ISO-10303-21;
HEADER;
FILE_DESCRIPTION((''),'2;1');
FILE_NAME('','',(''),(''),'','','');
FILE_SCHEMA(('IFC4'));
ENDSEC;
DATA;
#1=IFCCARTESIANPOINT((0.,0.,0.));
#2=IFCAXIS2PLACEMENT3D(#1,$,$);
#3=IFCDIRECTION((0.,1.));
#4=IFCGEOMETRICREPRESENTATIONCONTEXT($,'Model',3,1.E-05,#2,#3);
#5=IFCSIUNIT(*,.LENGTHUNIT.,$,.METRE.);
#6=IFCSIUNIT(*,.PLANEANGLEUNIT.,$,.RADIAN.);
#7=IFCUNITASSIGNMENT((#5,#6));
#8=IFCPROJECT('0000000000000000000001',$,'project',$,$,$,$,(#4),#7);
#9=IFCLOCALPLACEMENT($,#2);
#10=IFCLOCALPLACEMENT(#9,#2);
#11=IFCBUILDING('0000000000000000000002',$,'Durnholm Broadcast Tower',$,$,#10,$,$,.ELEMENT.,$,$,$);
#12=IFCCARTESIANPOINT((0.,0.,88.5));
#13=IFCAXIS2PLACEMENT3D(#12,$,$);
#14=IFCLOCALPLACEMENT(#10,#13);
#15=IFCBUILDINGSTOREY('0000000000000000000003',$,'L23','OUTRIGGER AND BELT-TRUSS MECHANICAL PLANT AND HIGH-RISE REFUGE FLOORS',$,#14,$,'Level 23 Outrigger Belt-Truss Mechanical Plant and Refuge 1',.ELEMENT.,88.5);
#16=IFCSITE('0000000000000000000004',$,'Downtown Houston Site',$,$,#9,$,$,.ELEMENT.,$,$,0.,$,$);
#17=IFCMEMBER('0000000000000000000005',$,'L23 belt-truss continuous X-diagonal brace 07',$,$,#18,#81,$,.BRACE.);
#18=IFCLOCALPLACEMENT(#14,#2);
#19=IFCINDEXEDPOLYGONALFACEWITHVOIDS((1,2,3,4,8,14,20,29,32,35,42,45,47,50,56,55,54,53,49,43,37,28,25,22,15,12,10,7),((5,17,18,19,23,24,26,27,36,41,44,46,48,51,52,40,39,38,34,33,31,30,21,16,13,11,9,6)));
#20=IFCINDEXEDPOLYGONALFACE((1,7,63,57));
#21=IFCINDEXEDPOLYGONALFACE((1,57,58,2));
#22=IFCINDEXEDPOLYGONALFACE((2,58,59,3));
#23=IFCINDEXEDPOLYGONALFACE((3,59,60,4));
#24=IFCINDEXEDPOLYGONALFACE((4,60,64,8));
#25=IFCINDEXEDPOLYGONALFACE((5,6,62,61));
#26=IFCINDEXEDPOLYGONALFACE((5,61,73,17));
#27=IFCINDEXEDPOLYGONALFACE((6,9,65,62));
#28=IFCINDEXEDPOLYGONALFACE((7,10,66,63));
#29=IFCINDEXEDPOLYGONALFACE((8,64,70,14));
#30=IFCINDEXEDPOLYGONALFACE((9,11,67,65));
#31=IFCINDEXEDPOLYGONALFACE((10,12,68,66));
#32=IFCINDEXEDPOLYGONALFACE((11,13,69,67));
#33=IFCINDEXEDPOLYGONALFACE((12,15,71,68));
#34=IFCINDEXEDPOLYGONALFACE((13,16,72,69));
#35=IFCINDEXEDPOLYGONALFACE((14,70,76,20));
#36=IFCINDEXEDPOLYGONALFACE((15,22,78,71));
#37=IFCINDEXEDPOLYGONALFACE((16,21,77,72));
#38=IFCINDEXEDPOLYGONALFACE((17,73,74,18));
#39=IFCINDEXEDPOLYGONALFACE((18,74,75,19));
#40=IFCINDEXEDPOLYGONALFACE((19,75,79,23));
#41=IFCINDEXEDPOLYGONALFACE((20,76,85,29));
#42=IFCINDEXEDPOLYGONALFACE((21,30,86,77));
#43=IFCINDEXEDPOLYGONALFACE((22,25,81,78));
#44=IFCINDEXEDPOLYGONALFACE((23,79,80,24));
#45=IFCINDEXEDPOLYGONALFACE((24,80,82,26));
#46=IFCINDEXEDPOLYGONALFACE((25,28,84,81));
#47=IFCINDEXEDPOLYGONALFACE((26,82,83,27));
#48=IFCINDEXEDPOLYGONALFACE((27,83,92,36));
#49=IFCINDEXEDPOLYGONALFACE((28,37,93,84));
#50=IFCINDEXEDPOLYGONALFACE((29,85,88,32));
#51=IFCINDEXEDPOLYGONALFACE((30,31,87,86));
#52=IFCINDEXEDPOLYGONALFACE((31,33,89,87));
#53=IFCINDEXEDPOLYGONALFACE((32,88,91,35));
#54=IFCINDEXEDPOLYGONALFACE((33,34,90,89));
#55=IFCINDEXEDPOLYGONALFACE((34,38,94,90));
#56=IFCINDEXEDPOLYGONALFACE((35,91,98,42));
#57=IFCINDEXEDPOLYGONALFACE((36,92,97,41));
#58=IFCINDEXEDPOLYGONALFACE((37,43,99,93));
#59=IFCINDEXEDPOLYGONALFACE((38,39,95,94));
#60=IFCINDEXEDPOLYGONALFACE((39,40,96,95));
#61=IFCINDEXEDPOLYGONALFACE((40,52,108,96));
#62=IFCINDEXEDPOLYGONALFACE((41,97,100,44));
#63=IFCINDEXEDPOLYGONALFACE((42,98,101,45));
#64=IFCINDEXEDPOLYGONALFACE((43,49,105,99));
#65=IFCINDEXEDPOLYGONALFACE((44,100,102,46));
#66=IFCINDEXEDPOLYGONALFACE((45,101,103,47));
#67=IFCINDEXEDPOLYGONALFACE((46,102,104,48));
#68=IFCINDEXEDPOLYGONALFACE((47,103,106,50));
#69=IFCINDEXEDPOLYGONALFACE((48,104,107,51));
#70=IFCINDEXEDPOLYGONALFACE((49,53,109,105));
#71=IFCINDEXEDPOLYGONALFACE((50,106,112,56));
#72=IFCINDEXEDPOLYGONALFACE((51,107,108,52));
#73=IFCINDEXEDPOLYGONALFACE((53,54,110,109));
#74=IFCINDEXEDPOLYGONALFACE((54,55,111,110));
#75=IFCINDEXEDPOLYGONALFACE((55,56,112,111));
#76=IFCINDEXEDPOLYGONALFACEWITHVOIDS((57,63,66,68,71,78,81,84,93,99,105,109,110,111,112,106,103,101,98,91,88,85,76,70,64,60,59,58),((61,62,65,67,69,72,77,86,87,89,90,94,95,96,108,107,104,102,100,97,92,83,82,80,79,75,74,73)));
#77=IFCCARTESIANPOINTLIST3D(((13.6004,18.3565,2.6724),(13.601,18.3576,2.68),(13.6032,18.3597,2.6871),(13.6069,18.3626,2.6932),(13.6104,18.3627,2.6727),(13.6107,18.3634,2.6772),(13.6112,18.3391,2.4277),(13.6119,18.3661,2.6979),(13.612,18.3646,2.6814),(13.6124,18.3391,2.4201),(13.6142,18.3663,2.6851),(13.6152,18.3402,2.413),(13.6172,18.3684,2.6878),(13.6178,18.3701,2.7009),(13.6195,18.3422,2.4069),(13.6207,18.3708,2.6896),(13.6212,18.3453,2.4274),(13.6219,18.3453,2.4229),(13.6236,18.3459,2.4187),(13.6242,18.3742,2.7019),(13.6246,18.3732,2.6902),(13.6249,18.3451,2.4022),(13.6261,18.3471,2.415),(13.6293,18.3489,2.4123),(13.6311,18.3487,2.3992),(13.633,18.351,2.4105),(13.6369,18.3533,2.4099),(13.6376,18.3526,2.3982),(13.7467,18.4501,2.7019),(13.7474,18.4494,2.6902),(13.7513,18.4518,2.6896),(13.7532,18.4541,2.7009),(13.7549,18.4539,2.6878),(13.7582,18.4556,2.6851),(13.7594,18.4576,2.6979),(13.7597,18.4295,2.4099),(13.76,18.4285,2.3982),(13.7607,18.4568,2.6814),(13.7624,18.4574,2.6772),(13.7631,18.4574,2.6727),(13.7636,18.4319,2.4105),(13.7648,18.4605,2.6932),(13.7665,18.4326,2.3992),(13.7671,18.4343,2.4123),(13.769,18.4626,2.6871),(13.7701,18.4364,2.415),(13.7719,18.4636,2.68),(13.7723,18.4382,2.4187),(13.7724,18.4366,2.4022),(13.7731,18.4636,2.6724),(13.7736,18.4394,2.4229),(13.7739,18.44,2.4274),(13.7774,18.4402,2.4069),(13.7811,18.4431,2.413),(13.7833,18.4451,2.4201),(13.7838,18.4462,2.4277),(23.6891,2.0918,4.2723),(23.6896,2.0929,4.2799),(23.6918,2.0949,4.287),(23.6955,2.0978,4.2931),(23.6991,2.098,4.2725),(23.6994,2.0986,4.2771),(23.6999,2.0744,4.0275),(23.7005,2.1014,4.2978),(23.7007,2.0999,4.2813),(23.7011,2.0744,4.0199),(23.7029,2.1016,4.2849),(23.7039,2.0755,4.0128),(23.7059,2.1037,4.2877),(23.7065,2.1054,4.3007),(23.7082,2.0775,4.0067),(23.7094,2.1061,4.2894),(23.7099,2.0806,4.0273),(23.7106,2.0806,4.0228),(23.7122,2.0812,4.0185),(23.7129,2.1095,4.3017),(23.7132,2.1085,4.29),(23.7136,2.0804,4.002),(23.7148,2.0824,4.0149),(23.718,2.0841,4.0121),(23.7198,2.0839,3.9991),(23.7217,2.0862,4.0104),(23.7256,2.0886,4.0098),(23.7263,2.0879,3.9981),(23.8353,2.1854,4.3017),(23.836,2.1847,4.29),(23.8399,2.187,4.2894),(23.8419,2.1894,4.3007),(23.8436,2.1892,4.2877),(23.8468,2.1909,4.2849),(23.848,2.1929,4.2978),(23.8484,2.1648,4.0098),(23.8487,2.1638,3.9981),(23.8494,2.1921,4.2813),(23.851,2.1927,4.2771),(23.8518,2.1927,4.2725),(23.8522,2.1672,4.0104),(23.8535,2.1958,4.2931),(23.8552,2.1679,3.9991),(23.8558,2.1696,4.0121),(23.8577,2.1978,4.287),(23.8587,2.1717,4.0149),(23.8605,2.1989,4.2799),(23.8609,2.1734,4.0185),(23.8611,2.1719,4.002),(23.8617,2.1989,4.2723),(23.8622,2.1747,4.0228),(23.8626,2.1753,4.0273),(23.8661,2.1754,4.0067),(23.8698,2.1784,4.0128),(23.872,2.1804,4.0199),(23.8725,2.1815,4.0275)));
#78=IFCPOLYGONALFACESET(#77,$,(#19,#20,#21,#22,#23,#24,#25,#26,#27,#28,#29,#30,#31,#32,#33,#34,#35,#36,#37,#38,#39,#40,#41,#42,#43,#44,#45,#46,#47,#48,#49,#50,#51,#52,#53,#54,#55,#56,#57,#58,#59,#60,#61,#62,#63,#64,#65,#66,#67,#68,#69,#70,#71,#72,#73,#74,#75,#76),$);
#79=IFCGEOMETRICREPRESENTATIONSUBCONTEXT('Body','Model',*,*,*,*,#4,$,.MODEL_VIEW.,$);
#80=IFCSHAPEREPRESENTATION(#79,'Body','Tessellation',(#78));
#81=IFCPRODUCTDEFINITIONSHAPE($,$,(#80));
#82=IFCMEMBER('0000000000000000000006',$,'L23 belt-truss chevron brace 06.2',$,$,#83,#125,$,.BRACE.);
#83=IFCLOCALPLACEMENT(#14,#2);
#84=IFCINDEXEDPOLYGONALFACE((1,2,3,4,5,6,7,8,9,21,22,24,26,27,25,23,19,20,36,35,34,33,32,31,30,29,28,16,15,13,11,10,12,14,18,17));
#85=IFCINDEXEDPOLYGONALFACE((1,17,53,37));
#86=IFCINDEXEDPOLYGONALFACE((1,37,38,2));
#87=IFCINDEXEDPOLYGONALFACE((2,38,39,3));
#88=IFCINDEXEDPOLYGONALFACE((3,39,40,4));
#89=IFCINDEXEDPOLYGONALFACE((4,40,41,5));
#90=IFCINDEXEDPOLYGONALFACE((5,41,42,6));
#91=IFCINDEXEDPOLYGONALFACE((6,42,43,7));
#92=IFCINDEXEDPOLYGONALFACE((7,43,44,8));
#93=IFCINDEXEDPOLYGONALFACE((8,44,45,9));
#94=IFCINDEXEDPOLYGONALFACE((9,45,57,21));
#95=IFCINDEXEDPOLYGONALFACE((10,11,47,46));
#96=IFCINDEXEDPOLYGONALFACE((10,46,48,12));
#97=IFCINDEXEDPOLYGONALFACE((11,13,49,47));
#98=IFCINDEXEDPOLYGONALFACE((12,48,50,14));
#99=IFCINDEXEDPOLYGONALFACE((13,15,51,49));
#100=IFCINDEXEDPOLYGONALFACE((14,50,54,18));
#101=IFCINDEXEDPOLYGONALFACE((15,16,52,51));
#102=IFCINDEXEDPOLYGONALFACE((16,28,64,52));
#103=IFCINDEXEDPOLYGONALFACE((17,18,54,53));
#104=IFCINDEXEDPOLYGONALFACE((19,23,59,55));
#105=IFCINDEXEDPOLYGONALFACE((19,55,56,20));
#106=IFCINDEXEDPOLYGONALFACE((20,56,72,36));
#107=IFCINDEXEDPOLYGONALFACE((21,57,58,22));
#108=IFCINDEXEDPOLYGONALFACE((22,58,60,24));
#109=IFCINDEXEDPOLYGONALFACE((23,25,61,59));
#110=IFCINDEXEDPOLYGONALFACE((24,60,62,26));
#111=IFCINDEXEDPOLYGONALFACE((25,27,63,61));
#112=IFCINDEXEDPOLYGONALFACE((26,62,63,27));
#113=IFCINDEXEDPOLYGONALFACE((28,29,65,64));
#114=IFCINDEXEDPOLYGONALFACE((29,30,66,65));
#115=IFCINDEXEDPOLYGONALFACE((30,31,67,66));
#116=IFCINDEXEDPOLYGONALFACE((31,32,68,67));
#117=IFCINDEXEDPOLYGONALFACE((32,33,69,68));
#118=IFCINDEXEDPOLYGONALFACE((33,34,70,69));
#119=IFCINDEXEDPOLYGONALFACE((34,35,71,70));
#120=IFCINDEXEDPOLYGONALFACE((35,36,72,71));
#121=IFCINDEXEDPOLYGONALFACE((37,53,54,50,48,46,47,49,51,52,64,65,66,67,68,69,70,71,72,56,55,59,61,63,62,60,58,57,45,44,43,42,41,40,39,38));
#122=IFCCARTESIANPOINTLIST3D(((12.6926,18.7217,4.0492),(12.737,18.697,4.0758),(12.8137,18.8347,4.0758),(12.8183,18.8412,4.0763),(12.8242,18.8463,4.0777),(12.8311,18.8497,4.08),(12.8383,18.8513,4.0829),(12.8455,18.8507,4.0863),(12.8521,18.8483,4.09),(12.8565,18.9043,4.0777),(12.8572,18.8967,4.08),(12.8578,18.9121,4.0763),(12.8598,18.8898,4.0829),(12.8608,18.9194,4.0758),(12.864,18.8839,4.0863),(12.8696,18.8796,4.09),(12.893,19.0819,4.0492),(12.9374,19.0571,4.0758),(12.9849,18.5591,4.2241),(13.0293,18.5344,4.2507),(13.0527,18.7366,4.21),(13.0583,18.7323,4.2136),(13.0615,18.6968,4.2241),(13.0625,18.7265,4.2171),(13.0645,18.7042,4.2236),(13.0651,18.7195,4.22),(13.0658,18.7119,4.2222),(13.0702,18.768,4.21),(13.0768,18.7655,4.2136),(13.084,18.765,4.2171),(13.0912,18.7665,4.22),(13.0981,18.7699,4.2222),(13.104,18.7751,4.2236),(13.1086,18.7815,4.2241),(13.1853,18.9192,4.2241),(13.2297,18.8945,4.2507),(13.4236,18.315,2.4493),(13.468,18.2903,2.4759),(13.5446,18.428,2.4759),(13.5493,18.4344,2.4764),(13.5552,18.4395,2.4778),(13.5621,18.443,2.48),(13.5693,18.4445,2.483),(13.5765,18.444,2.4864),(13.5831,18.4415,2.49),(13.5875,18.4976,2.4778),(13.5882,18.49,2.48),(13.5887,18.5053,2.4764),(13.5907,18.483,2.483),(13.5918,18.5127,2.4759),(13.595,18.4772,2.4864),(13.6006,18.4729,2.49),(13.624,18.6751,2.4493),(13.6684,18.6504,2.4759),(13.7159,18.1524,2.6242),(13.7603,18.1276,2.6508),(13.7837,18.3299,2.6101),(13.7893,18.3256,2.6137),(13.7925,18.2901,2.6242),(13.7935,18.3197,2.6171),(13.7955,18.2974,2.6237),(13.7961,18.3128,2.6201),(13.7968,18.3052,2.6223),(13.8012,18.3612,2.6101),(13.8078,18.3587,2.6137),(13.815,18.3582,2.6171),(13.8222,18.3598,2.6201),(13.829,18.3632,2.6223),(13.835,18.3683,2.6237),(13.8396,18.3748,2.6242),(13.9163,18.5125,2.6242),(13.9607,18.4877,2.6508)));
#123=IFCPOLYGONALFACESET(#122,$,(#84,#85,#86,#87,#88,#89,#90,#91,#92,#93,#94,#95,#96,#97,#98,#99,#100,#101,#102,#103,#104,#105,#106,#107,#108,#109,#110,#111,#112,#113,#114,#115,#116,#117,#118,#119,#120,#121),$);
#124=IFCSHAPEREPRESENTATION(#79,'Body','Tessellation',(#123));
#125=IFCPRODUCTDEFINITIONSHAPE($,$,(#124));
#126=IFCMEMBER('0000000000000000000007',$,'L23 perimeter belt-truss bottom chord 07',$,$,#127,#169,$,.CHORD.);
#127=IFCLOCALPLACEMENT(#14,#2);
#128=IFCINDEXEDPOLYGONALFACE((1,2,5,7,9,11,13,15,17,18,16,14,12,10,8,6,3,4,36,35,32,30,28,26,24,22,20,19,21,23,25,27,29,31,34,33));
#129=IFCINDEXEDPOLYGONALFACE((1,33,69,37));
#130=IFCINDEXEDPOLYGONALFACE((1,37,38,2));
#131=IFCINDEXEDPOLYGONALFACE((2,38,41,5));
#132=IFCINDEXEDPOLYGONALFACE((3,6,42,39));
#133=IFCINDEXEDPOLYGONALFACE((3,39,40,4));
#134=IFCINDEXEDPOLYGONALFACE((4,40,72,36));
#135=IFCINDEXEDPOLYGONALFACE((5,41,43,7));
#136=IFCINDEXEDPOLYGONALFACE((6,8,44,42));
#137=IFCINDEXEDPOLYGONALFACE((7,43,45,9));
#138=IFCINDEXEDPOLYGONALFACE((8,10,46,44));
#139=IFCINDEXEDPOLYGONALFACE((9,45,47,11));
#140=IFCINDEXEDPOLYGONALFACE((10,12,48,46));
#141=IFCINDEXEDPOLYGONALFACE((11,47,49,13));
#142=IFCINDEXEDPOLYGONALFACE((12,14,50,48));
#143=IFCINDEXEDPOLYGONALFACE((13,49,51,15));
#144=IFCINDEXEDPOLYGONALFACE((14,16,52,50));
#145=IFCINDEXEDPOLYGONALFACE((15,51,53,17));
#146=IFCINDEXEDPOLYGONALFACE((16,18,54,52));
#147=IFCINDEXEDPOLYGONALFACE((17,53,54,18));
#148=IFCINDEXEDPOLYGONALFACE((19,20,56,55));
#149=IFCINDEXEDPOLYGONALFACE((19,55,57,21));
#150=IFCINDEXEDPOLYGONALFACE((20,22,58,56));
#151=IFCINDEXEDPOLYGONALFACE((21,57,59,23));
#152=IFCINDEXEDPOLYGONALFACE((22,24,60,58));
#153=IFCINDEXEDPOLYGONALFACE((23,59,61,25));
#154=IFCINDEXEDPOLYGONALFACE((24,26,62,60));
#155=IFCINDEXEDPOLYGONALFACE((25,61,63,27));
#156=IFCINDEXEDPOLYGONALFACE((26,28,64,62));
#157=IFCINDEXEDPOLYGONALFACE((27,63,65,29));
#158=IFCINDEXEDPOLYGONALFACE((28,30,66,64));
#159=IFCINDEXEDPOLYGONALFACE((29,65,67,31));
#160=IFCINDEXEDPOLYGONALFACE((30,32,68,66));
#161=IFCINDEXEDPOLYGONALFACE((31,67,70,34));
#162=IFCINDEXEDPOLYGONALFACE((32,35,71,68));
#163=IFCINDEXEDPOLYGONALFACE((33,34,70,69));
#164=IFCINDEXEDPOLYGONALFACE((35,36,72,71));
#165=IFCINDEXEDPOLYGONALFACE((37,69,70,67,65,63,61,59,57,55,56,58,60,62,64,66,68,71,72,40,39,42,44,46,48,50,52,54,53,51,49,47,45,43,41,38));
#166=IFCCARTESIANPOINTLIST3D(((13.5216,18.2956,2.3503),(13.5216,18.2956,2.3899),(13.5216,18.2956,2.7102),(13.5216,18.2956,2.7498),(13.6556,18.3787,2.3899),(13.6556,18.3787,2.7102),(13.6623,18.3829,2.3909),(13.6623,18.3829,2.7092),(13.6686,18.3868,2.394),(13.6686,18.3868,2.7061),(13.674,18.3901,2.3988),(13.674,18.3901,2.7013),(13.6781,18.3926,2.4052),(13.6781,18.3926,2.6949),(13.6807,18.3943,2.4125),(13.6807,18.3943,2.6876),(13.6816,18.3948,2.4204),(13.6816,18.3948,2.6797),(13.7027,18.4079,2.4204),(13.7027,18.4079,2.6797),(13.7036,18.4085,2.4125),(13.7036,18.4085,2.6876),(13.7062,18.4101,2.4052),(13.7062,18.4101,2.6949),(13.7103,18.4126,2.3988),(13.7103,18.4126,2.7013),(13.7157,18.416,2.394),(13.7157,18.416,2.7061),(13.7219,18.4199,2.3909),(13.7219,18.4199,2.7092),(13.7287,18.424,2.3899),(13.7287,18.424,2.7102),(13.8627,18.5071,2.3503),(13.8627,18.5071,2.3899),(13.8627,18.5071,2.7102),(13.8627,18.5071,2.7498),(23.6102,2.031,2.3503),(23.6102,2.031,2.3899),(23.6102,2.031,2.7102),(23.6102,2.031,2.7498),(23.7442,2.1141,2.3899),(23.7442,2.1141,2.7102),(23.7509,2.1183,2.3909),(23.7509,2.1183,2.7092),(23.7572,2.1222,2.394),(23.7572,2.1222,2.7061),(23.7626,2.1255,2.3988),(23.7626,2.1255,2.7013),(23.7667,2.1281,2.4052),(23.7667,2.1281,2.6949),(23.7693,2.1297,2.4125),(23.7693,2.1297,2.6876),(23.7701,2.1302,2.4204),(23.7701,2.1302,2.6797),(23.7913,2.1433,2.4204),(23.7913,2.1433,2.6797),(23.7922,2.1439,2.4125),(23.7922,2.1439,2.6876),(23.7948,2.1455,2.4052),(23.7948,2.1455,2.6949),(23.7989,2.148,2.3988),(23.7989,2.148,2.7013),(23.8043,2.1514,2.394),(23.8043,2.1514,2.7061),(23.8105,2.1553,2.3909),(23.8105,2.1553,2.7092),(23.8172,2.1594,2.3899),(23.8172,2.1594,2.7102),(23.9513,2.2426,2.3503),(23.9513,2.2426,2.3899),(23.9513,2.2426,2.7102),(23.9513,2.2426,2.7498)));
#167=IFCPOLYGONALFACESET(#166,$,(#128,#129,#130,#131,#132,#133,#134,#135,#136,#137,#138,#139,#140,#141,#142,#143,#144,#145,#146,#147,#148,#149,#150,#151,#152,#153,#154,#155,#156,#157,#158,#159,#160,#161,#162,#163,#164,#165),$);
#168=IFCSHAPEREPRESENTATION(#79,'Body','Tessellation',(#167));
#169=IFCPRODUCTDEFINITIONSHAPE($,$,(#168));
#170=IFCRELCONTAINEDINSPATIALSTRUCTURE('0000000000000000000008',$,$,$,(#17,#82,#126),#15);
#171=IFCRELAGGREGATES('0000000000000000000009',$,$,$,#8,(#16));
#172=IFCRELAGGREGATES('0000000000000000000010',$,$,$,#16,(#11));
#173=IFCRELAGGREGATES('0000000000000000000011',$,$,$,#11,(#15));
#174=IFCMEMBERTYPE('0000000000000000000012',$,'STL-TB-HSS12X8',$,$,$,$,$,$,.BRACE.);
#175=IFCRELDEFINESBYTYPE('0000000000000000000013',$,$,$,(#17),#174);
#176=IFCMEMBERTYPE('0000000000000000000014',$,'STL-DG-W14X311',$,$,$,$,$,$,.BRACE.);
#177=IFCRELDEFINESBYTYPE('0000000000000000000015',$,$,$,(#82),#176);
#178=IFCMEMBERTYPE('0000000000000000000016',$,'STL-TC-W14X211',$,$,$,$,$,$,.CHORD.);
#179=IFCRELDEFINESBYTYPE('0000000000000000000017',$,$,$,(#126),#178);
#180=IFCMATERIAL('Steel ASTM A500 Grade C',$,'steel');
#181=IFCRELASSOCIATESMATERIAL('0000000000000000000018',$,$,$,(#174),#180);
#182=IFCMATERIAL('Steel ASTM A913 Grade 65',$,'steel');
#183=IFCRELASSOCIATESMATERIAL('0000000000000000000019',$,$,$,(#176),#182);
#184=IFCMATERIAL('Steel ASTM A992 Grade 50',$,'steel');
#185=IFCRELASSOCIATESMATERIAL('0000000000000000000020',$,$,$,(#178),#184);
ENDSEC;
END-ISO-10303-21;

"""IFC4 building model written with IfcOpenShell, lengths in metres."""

from ifc_helpers import new_model, si_unit, direction, frame, origin, origin_2d, place, context, subcontext, project, spatial, hollow_rectangle, i_section, extrude, source, transform, mapped, material, material_profile, profile_set, type_object, type_shapes, element, save


model = new_model("IFC4")

# Units and contexts
model_context = context("Model", 3, precision=1e-05, world=origin(), true_north=direction((0.0, 1.0)))
body_context = subcontext(model_context, "Body", "Model", "MODEL_VIEW")
ifc_project = project(units=[si_unit("LENGTHUNIT", "METRE"), si_unit("PLANEANGLEUNIT", "RADIAN")], contexts=[model_context])

# Site, building, storey
site_placement = place(None, origin())
site = spatial("IfcSite", under=ifc_project, at=site_placement, Name="Downtown Houston Site", CompositionType="ELEMENT", RefElevation=0.0)
building_placement = place(site_placement, origin())
building = spatial("IfcBuilding", under=site, at=building_placement, Name="Durnholm Broadcast Tower", CompositionType="ELEMENT")
storey_placement = place(building_placement, frame((0.0, 0.0, 88.5)))
storey = spatial("IfcBuildingStorey", under=building, at=storey_placement, Name="L23", Description="OUTRIGGER AND BELT-TRUSS MECHANICAL PLANT AND HIGH-RISE REFUGE FLOORS", LongName="Level 23 Outrigger Belt-Truss Mechanical Plant and Refuge 1", CompositionType="ELEMENT", Elevation=88.5)

# Shared definitions
ifc_material_1 = material(Name="Steel ASTM A992 Grade 50", Category="steel")

# Members
ifc_material_2 = material(Name="Steel ASTM A500 Grade C", Category="steel")
ifc_material_profile_1 = material_profile(ifc_material_2, hollow_rectangle(XDim=0.2031, YDim=0.3047, WallThickness=0.0117, InnerFilletRadius=0.0176, OuterFilletRadius=0.0295, at=origin_2d()), Name="HSS12X8X1/2")
ifc_profile_set_1 = profile_set([ifc_material_profile_1], Name="Steel ASTM A500 Grade C")
member_type_1 = type_object("IfcMemberType", Name="STL-TB-HSS12X8", PredefinedType="BRACE", material=ifc_profile_set_1)
shared_shape_1 = source(origin(), body_context, "Body", "SweptSolid", [
    extrude(hollow_rectangle(XDim=0.2031, YDim=0.3047, WallThickness=0.0117, InnerFilletRadius=0.0176, OuterFilletRadius=0.0295, at=origin_2d()), origin(), (0.0, 0.0, 1.0), 19.2063),
])
member_1_placement = place(storey_placement, frame((13.6921, 18.4014, 2.55), z_axis=(0.525279, -0.846843, 0.083299), x_axis=(0.849796, 0.527111, 0.0)))
element("IfcMember", 1, at=member_1_placement, inside=storey, type_object=member_type_1, Name="L23 belt-truss continuous X-diagonal brace 07", PredefinedType="BRACE", context=body_context, shape_type="MappedRepresentation", body=[
    mapped(shared_shape_1, transform((0.0, 0.0, 0.0), x_axis=(1.0, 0.0, 0.0), y_axis=(0.0, 1.0, 0.0), z_axis=(0.0, 0.0, 1.0), scale=1.0)),
])
ifc_material_3 = material(Name="Steel ASTM A913 Grade 65", Category="steel")
ifc_material_profile_2 = material_profile(ifc_material_3, i_section(OverallWidth=0.4121, OverallDepth=0.4348, WebThickness=0.0359, FlangeThickness=0.0574, FilletRadius=0.0305, at=origin_2d()), Name="W14X311")
ifc_profile_set_2 = profile_set([ifc_material_profile_2], Name="Steel ASTM A913 Grade 65")
member_type_2 = type_object("IfcMemberType", Name="STL-DG-W14X311", PredefinedType="BRACE", material=ifc_profile_set_2)
shared_shape_2 = source(origin(), body_context, "Body", "SweptSolid", [
    extrude(i_section(OverallWidth=0.4121, OverallDepth=0.4348, WebThickness=0.0359, FlangeThickness=0.0574, FilletRadius=0.0305, at=origin_2d()), origin(), (0.0, 0.0, 1.0), 1.8054),
])
type_shapes(member_type_2, [shared_shape_2])
member_2_placement = place(storey_placement, frame((13.6921, 18.4014, 2.55), z_axis=(-0.404885, 0.225297, 0.886177), x_axis=(-0.486238, -0.873827, 0.0)))
element("IfcMember", 2, at=member_2_placement, inside=storey, type_object=member_type_2, Name="L23 belt-truss chevron brace 06.2", PredefinedType="BRACE", context=body_context, shape_type="MappedRepresentation", body=[
    mapped(shared_shape_2, transform((0.0, 0.0, 0.0), x_axis=(1.0, 0.0, 0.0), y_axis=(0.0, 1.0, 0.0), z_axis=(0.0, 0.0, 1.0), scale=1.0)),
])
ifc_material_profile_3 = material_profile(ifc_material_1, i_section(OverallWidth=0.4014, OverallDepth=0.3994, WebThickness=0.0249, FlangeThickness=0.0396, FilletRadius=0.0305, at=origin_2d()), Name="W14X211")
ifc_profile_set_3 = profile_set([ifc_material_profile_3], Name="Steel ASTM A992 Grade 50")
member_type_3 = type_object("IfcMemberType", Name="STL-TC-W14X211", PredefinedType="CHORD", material=ifc_profile_set_3)
shared_shape_3 = source(origin(), body_context, "Body", "SweptSolid", [
    extrude(i_section(OverallWidth=0.4014, OverallDepth=0.3994, WebThickness=0.0249, FlangeThickness=0.0396, FilletRadius=0.0305, at=origin_2d()), origin(), (0.0, 0.0, 1.0), 19.1394),
])
type_shapes(member_type_3, [shared_shape_3])
member_3_placement = place(storey_placement, frame((13.6921, 18.4014, 2.55), z_axis=(0.527111, -0.849796, 0.0), x_axis=(0.849796, 0.527111, 0.0)))
element("IfcMember", 3, at=member_3_placement, inside=storey, type_object=member_type_3, Name="L23 perimeter belt-truss bottom chord 07", PredefinedType="CHORD", context=body_context, shape_type="MappedRepresentation", body=[
    mapped(shared_shape_3, transform((0.0, 0.0, 0.0), x_axis=(1.0, 0.0, 0.0), y_axis=(0.0, 1.0, 0.0), z_axis=(0.0, 0.0, 1.0), scale=1.0)),
])

save(model, "model.ifc")
